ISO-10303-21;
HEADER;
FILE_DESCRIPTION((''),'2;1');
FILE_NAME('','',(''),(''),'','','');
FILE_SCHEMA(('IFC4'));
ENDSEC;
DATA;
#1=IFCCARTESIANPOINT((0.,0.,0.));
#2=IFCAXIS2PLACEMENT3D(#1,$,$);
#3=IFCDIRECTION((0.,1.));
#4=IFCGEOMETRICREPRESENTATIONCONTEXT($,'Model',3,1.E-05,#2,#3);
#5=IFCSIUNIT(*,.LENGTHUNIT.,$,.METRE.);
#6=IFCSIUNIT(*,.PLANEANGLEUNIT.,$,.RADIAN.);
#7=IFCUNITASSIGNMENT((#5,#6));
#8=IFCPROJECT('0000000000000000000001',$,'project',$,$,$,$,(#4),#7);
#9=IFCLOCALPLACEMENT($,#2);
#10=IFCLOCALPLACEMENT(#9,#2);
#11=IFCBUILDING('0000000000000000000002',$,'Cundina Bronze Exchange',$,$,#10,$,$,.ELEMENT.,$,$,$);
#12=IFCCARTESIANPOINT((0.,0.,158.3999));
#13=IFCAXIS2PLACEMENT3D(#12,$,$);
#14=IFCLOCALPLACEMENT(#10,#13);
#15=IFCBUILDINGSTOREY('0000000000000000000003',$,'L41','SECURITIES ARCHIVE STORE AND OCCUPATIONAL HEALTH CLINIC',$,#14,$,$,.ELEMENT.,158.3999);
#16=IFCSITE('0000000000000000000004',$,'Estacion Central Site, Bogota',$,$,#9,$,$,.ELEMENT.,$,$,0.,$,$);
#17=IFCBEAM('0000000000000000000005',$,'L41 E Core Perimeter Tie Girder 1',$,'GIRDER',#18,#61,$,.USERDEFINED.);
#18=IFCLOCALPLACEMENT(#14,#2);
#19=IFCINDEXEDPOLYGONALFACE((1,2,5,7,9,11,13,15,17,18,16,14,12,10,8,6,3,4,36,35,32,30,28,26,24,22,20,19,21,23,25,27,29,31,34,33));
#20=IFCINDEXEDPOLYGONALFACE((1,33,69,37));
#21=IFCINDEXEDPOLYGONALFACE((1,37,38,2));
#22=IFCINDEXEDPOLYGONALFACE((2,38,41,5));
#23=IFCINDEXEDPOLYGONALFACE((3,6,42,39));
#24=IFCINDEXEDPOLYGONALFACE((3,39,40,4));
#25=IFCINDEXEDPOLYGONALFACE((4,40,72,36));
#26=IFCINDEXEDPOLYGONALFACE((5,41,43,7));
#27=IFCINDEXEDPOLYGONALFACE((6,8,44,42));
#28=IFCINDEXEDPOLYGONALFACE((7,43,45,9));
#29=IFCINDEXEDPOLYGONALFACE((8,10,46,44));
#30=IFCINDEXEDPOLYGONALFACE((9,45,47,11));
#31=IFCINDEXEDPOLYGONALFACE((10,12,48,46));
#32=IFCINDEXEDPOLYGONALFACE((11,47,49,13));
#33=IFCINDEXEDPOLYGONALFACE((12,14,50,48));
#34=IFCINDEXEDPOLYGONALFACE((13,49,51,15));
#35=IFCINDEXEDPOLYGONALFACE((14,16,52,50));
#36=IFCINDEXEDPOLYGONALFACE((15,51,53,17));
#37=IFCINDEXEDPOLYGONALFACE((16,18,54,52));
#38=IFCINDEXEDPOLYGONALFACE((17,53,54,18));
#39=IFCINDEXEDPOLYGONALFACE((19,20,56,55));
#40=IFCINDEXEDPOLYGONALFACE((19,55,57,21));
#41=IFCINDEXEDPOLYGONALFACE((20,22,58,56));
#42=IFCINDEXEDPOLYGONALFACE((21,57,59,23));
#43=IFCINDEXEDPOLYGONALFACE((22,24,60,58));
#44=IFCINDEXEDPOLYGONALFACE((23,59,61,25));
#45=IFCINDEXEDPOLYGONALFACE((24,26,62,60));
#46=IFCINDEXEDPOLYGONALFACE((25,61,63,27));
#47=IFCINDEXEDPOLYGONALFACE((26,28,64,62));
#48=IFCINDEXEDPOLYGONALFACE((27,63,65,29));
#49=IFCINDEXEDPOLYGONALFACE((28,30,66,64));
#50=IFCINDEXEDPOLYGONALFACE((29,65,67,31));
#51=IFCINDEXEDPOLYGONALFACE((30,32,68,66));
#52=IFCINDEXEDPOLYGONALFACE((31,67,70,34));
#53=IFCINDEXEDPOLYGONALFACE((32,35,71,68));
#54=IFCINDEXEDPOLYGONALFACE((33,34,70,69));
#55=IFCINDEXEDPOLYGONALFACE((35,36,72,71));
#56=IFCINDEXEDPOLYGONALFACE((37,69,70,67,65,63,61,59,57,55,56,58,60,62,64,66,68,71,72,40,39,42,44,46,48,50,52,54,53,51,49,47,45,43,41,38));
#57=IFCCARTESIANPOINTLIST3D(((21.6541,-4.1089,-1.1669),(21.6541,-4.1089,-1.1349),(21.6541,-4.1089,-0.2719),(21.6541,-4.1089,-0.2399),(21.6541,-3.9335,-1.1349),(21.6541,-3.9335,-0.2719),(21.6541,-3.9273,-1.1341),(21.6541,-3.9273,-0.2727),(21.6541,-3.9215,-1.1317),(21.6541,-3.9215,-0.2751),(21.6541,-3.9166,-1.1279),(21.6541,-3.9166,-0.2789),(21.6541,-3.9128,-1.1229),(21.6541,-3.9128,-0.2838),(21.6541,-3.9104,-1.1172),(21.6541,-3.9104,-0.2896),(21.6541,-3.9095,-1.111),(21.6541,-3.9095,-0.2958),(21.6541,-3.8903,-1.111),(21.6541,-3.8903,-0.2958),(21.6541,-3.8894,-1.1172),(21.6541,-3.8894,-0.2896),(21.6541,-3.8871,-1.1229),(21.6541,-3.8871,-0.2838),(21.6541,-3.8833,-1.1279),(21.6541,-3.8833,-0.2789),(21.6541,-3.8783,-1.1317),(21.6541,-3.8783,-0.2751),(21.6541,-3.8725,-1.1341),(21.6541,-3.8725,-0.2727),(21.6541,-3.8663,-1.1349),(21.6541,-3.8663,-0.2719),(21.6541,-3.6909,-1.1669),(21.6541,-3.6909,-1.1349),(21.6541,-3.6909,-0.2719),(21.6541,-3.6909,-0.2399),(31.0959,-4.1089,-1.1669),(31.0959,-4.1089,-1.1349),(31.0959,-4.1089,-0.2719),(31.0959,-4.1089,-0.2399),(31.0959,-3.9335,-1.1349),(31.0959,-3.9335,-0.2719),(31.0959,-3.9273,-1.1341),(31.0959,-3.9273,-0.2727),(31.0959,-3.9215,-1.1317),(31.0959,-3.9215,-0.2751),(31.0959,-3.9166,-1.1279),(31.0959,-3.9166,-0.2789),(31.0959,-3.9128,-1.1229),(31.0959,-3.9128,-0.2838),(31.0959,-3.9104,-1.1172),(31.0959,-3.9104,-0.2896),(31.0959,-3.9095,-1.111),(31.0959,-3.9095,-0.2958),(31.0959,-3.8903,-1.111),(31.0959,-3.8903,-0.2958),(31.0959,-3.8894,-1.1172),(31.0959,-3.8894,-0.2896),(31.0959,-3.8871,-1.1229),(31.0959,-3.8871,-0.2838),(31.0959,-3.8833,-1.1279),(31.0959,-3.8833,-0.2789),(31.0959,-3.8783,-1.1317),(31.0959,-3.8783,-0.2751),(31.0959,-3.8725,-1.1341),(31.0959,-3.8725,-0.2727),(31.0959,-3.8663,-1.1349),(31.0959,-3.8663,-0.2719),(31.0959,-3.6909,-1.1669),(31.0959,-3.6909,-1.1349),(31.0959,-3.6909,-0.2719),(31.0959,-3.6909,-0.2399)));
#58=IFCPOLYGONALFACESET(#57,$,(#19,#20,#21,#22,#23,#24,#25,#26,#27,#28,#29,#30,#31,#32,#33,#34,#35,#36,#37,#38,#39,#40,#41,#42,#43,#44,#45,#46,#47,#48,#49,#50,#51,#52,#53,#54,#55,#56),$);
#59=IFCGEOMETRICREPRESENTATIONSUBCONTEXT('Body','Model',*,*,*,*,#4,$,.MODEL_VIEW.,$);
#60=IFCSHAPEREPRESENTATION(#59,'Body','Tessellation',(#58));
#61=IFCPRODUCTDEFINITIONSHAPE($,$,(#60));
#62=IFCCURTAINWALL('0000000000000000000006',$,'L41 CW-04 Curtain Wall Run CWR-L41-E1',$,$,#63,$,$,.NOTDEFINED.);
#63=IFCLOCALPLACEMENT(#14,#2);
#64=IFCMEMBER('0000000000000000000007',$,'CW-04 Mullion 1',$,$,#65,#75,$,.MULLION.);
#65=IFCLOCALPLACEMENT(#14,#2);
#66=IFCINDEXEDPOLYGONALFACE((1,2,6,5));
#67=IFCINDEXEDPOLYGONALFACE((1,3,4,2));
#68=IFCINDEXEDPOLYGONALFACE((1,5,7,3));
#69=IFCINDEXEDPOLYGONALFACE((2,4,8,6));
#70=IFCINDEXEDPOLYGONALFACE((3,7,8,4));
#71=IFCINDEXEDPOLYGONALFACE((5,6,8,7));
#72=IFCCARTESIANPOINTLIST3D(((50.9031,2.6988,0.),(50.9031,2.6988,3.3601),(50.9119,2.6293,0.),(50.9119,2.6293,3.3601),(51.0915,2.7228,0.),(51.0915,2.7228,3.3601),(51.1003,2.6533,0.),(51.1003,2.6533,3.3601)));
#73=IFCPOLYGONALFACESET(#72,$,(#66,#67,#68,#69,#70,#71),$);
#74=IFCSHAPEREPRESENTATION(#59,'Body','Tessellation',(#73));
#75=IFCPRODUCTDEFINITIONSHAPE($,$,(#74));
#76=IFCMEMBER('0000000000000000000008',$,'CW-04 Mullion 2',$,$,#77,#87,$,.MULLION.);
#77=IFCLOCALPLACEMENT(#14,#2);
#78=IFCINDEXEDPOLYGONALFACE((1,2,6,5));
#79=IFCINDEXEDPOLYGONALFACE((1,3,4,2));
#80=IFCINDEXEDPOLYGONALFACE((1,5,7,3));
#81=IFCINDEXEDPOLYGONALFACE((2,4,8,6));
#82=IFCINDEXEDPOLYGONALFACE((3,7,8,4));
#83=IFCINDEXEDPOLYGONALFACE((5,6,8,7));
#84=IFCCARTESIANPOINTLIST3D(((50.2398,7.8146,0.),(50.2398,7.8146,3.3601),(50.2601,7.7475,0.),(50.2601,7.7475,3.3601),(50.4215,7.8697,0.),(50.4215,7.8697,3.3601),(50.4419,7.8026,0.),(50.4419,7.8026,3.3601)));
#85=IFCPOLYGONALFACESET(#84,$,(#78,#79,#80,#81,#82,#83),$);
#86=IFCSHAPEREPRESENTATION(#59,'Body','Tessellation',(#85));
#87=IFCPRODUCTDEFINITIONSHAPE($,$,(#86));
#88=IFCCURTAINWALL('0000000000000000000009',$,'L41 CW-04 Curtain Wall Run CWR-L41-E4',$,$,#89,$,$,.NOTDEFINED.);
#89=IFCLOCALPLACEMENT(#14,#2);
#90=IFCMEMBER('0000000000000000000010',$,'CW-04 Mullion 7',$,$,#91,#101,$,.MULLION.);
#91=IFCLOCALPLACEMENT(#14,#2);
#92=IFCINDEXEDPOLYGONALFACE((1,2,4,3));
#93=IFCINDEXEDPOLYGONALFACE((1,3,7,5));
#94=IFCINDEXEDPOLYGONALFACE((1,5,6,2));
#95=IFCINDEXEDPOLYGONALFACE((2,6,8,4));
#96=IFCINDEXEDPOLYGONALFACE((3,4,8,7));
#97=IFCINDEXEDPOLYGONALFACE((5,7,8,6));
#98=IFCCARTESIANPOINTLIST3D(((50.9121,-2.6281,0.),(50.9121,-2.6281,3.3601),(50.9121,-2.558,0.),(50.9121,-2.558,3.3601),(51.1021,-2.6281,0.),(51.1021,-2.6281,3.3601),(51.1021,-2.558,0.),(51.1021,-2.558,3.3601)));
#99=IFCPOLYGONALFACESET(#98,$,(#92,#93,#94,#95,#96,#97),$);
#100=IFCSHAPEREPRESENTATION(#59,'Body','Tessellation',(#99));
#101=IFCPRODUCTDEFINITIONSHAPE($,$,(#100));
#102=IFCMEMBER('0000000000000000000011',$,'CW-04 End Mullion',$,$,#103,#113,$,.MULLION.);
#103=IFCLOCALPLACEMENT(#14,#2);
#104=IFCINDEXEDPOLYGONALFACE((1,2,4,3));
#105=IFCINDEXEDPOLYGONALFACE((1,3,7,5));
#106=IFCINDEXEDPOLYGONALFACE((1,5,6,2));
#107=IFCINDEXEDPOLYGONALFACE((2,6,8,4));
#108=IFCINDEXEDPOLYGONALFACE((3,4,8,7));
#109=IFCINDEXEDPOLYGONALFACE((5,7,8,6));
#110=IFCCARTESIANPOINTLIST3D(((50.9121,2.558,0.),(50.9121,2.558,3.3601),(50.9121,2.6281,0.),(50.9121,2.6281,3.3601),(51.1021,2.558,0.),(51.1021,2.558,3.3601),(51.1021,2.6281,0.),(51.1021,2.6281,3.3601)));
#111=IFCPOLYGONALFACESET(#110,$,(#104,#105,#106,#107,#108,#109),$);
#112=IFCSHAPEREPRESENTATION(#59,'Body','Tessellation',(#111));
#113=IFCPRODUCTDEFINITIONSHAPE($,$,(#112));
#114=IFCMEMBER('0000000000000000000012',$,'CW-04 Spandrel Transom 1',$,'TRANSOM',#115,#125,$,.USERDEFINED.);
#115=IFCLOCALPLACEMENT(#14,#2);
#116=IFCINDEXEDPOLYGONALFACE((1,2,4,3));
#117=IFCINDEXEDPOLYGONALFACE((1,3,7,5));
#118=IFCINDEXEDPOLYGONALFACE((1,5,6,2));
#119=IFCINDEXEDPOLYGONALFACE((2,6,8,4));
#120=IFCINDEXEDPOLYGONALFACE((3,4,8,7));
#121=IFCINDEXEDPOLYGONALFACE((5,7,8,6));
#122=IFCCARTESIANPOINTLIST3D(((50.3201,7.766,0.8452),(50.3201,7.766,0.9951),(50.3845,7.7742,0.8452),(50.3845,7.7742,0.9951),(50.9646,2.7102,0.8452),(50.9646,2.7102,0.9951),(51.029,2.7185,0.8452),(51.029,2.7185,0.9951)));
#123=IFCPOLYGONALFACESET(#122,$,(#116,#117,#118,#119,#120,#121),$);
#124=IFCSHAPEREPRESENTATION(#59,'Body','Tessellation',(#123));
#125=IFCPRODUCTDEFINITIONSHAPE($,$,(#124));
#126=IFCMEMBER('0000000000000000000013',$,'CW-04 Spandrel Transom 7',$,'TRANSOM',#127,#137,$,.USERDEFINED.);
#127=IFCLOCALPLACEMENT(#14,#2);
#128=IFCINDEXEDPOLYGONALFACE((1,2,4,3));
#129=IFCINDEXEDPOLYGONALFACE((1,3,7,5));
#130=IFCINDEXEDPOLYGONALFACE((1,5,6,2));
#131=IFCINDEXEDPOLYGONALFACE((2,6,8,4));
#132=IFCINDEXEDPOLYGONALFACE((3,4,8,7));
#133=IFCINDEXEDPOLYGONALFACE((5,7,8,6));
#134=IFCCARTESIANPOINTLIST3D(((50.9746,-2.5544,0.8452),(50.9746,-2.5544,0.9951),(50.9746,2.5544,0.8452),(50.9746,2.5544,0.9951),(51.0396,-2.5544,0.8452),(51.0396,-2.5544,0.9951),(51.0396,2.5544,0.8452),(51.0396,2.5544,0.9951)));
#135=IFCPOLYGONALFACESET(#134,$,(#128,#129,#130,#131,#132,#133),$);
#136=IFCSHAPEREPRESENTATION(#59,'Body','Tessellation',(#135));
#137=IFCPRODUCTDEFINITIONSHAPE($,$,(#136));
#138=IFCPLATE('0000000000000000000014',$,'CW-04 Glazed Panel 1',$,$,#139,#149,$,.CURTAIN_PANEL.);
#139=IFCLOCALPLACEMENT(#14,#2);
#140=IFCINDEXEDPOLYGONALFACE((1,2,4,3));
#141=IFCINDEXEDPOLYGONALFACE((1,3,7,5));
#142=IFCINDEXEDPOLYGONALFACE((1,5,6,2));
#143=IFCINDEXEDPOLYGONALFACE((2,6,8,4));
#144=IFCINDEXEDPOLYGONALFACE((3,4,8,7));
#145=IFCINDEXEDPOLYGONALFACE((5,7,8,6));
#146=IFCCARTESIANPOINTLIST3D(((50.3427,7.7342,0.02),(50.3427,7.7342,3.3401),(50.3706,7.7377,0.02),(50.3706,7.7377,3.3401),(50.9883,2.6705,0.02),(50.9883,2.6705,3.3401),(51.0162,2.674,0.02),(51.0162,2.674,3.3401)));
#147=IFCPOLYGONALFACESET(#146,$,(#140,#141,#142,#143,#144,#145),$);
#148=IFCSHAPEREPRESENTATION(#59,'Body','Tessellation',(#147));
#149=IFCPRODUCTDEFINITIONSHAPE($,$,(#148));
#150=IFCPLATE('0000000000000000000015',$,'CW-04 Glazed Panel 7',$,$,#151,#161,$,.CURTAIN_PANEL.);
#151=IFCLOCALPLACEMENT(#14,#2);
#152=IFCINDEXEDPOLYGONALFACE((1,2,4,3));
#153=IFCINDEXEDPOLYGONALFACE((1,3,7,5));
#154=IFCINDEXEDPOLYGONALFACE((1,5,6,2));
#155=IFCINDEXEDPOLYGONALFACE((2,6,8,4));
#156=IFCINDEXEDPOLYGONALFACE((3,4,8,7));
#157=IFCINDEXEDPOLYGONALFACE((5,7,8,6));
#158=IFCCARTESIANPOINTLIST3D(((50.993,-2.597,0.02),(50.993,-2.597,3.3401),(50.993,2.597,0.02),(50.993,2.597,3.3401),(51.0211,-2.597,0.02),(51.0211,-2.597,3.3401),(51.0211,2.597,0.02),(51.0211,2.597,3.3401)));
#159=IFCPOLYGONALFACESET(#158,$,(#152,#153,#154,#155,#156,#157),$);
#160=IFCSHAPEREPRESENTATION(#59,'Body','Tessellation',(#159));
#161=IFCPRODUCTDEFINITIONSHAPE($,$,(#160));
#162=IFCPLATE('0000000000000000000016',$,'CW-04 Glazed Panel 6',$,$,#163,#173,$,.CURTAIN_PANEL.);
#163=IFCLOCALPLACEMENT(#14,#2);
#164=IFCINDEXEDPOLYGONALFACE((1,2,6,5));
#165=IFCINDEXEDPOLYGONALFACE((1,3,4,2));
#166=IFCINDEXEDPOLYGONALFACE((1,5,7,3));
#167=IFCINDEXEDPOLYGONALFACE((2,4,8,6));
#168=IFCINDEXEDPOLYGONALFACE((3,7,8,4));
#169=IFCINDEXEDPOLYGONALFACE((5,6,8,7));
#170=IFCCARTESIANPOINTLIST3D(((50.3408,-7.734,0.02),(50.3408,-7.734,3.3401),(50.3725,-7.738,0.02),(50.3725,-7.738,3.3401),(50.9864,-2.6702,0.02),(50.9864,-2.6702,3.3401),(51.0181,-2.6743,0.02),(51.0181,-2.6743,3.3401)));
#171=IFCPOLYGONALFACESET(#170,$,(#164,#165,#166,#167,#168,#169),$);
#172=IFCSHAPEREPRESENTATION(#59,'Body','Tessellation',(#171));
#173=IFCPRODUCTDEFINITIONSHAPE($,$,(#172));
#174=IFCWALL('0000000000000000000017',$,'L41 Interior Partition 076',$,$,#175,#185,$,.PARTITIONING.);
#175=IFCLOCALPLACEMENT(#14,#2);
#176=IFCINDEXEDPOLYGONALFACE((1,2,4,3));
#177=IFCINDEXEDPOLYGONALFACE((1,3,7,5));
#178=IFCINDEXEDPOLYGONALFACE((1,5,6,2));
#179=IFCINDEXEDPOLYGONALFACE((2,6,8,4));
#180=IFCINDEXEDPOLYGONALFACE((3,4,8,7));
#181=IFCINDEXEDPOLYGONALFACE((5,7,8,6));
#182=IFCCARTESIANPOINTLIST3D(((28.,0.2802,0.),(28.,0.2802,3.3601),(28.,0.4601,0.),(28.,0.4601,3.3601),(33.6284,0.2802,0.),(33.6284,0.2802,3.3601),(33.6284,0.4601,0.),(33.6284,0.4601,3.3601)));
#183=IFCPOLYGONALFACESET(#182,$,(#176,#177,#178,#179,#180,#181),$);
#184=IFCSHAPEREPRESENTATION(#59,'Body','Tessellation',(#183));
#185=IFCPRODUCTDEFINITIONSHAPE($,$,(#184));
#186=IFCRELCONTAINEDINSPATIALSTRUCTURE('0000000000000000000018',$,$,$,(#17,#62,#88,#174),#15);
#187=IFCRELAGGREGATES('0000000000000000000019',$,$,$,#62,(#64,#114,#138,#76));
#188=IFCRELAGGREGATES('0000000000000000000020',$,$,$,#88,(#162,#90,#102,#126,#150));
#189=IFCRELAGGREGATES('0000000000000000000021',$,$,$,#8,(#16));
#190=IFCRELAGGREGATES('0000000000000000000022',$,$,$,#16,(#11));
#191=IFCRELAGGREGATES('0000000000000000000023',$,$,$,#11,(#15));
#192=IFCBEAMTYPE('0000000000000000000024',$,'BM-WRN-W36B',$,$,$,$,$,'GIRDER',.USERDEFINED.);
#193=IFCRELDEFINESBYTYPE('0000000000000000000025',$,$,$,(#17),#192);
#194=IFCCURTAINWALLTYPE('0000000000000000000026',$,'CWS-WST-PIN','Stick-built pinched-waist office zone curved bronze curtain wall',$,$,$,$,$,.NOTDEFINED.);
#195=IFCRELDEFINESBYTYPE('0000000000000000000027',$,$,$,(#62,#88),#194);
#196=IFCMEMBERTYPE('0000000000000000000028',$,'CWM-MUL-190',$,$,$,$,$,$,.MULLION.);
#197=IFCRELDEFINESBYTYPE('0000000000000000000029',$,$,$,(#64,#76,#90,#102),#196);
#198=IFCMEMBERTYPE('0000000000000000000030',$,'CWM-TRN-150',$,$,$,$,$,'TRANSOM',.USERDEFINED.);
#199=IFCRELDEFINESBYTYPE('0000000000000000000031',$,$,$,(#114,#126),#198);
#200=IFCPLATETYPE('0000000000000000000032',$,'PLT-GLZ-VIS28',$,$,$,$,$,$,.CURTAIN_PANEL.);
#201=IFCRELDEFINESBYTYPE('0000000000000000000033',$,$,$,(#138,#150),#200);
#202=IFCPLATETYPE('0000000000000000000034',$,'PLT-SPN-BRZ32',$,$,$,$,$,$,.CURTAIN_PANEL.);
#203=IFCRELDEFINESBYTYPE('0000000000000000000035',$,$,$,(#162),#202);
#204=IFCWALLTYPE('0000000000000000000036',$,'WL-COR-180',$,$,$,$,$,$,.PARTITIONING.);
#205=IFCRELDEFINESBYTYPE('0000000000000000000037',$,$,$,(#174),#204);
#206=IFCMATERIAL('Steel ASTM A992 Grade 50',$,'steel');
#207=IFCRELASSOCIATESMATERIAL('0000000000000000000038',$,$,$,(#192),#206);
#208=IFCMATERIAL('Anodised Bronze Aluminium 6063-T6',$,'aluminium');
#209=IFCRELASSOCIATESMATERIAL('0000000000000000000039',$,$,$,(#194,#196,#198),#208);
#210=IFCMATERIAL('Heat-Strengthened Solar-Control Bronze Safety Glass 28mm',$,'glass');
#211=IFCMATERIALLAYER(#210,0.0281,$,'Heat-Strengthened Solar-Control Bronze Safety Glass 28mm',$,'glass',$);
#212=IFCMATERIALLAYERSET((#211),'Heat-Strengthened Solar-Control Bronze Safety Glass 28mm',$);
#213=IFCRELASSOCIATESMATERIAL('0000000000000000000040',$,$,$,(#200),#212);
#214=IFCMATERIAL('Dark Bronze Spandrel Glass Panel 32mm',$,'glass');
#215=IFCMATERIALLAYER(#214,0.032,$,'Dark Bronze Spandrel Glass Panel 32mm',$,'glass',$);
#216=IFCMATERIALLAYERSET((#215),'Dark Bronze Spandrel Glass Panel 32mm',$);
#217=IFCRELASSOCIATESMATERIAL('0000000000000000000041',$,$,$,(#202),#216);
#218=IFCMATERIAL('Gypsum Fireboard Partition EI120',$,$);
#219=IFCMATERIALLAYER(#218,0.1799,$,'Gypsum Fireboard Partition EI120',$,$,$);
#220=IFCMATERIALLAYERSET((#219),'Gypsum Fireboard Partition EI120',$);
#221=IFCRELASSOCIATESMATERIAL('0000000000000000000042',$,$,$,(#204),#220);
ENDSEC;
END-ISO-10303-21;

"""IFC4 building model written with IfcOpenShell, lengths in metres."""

from ifc_helpers import new_model, si_unit, direction, frame, frame_2d, origin, origin_2d, place, context, subcontext, project, spatial, rectangle, i_section, extrude, material, layer, layer_set, material_profile, profile_set, type_object, element, aggregate, save


model = new_model("IFC4")

# Units and contexts
model_context = context("Model", 3, precision=1e-05, world=origin(), true_north=direction((0.0, 1.0)))
body_context = subcontext(model_context, "Body", "Model", "MODEL_VIEW")
ifc_project = project(units=[si_unit("LENGTHUNIT", "METRE"), si_unit("PLANEANGLEUNIT", "RADIAN")], contexts=[model_context])

# Site, building, storey
site_placement = place(None, origin())
site = spatial("IfcSite", under=ifc_project, at=site_placement, Name="Estacion Central Site, Bogota", CompositionType="ELEMENT", RefElevation=0.0)
building_placement = place(site_placement, origin())
building = spatial("IfcBuilding", under=site, at=building_placement, Name="Cundina Bronze Exchange", CompositionType="ELEMENT")
storey_placement = place(building_placement, frame((0.0, 0.0, 158.3999)))
storey = spatial("IfcBuildingStorey", under=building, at=storey_placement, Name="L41", Description="SECURITIES ARCHIVE STORE AND OCCUPATIONAL HEALTH CLINIC", CompositionType="ELEMENT", Elevation=158.3999)

# Shared definitions
ifc_material_1 = material(Name="Steel ASTM A992 Grade 50", Category="steel")

# Beam
ifc_material_profile_1 = material_profile(ifc_material_1, i_section(OverallWidth=0.418, OverallDepth=0.927, WebThickness=0.0193, FlangeThickness=0.032, FilletRadius=0.0239, at=origin_2d()), Name="W36X231", Category="steel")
ifc_profile_set_1 = profile_set([ifc_material_profile_1], Name="Steel ASTM A992 Grade 50")
beam_type_1 = type_object("IfcBeamType", Name="BM-WRN-W36B", ElementType="GIRDER", PredefinedType="USERDEFINED", material=ifc_profile_set_1)
beam_1_placement = place(storey_placement, frame((31.0959, -3.8999, -0.7034), z_axis=(-1.0, 0.0, 0.0), x_axis=(0.0, -1.0, 0.0)))
element("IfcBeam", 1, at=beam_1_placement, inside=storey, type_object=beam_type_1, Name="L41 E Core Perimeter Tie Girder 1", ObjectType="GIRDER", PredefinedType="USERDEFINED", context=body_context, shape_type="SweptSolid", body=[
    extrude(i_section(OverallWidth=0.418, OverallDepth=0.927, WebThickness=0.0193, FlangeThickness=0.032, FilletRadius=0.0239, at=origin_2d()), origin(), (0.0, 0.0, 1.0), 9.4419),
])

# Curtain walls, members
ifc_material_2 = material(Name="Anodised Bronze Aluminium 6063-T6", Category="aluminium")
curtain_wall_type = type_object("IfcCurtainWallType", Name="CWS-WST-PIN", Description="Stick-built pinched-waist office zone curved bronze curtain wall", PredefinedType="NOTDEFINED", material=ifc_material_2)
curtain_wall_1_placement = place(storey_placement, origin())
curtain_wall_1 = element("IfcCurtainWall", 2, at=curtain_wall_1_placement, inside=storey, type_object=curtain_wall_type, Name="L41 CW-04 Curtain Wall Run CWR-L41-E1", PredefinedType="NOTDEFINED")
ifc_material_profile_2 = material_profile(ifc_material_2, rectangle(XDim=0.0701, YDim=0.1899, at=origin_2d()), Name="AL70X190", Category="aluminium")
ifc_profile_set_2 = profile_set([ifc_material_profile_2], Name="Anodised Bronze Aluminium 6063-T6")
member_type_1 = type_object("IfcMemberType", Name="CWM-MUL-190", PredefinedType="MULLION", material=ifc_profile_set_2)
member_1_placement = place(storey_placement, frame((51.0017, 2.676, 0.0), z_axis=(0.0, 0.0, 1.0), x_axis=(-0.126545, 0.991961, 0.0)))
member_1 = element("IfcMember", 3, at=member_1_placement, type_object=member_type_1, Name="CW-04 Mullion 1", PredefinedType="MULLION", context=body_context, shape_type="SweptSolid", body=[
    extrude(rectangle(XDim=0.0701, YDim=0.1899, at=origin_2d()), origin(), (0.0, 0.0, 1.0), 3.3601),
])
member_2_placement = place(storey_placement, frame((50.3408, 7.8086, 0.0), z_axis=(0.0, 0.0, 1.0), x_axis=(-0.290034, 0.957016, 0.0)))
member_2 = element("IfcMember", 4, at=member_2_placement, type_object=member_type_1, Name="CW-04 Mullion 2", PredefinedType="MULLION", context=body_context, shape_type="SweptSolid", body=[
    extrude(rectangle(XDim=0.0701, YDim=0.1899, at=origin_2d()), origin(), (0.0, 0.0, 1.0), 3.3601),
])
curtain_wall_2_placement = place(storey_placement, origin())
curtain_wall_2 = element("IfcCurtainWall", 5, at=curtain_wall_2_placement, inside=storey, type_object=curtain_wall_type, Name="L41 CW-04 Curtain Wall Run CWR-L41-E4", PredefinedType="NOTDEFINED")
member_3_placement = place(storey_placement, frame((51.0071, -2.593, 0.0), z_axis=(0.0, 0.0, 1.0), x_axis=(0.0, 1.0, 0.0)))
member_3 = element("IfcMember", 6, at=member_3_placement, type_object=member_type_1, Name="CW-04 Mullion 7", PredefinedType="MULLION", context=body_context, shape_type="SweptSolid", body=[
    extrude(rectangle(XDim=0.0701, YDim=0.1899, at=origin_2d()), origin(), (0.0, 0.0, 1.0), 3.3601),
])
member_4_placement = place(storey_placement, frame((51.0071, 2.593, 0.0), z_axis=(0.0, 0.0, 1.0), x_axis=(0.0, 1.0, 0.0)))
member_4 = element("IfcMember", 7, at=member_4_placement, type_object=member_type_1, Name="CW-04 End Mullion", PredefinedType="MULLION", context=body_context, shape_type="SweptSolid", body=[
    extrude(rectangle(XDim=0.0701, YDim=0.1899, at=origin_2d()), origin(), (0.0, 0.0, 1.0), 3.3601),
])

# Members
ifc_material_profile_3 = material_profile(ifc_material_2, rectangle(XDim=0.0649, YDim=0.1499, at=origin_2d()), Name="AL65X150", Category="aluminium")
ifc_profile_set_3 = profile_set([ifc_material_profile_3], Name="Anodised Bronze Aluminium 6063-T6")
member_type_2 = type_object("IfcMemberType", Name="CWM-TRN-150", ElementType="TRANSOM", PredefinedType="USERDEFINED", material=ifc_profile_set_3)
member_5_placement = place(storey_placement, frame((50.9968, 2.7144, 0.9202), z_axis=(-0.126463, 0.991971, 0.0), x_axis=(-0.991971, -0.126463, 0.0)))
member_5 = element("IfcMember", 8, at=member_5_placement, type_object=member_type_2, Name="CW-04 Spandrel Transom 1", ObjectType="TRANSOM", PredefinedType="USERDEFINED", context=body_context, shape_type="SweptSolid", body=[
    extrude(rectangle(XDim=0.0649, YDim=0.1499, at=origin_2d()), origin(), (0.0, 0.0, 1.0), 5.0967),
])
member_6_placement = place(storey_placement, frame((51.0071, -2.5544, 0.9202), z_axis=(0.0, 1.0, 0.0), x_axis=(-1.0, 0.0, 0.0)))
member_6 = element("IfcMember", 9, at=member_6_placement, type_object=member_type_2, Name="CW-04 Spandrel Transom 7", ObjectType="TRANSOM", PredefinedType="USERDEFINED", context=body_context, shape_type="SweptSolid", body=[
    extrude(rectangle(XDim=0.0649, YDim=0.1499, at=origin_2d()), origin(), (0.0, 0.0, 1.0), 5.1089),
])

# Plates
ifc_material_3 = material(Name="Heat-Strengthened Solar-Control Bronze Safety Glass 28mm", Category="glass")
ifc_layer_1 = layer(ifc_material_3, 0.0281, Name="Heat-Strengthened Solar-Control Bronze Safety Glass 28mm", Category="glass")
ifc_layer_set_1 = layer_set([ifc_layer_1], Name="Heat-Strengthened Solar-Control Bronze Safety Glass 28mm")
plate_type_1 = type_object("IfcPlateType", Name="PLT-GLZ-VIS28", PredefinedType="CURTAIN_PANEL", material=ifc_layer_set_1)
plate_1_placement = place(storey_placement, frame((50.6794, 5.2041, 0.02), z_axis=(0.0, 0.0, 1.0), x_axis=(-0.126476, 0.99197, 0.0)))
plate_1 = element("IfcPlate", 10, at=plate_1_placement, type_object=plate_type_1, Name="CW-04 Glazed Panel 1", PredefinedType="CURTAIN_PANEL", context=body_context, shape_type="SweptSolid", body=[
    extrude(rectangle(XDim=5.1047, YDim=0.0281, at=origin_2d()), origin(), (0.0, 0.0, 1.0), 3.3201),
])
aggregate(curtain_wall_1, [member_1, member_5, plate_1, member_2])
plate_2_placement = place(storey_placement, frame((51.0071, 0.0, 0.02), z_axis=(0.0, 0.0, 1.0), x_axis=(0.0, 1.0, 0.0)))
plate_2 = element("IfcPlate", 11, at=plate_2_placement, type_object=plate_type_1, Name="CW-04 Glazed Panel 7", PredefinedType="CURTAIN_PANEL", context=body_context, shape_type="SweptSolid", body=[
    extrude(rectangle(XDim=5.1941, YDim=0.0281, at=origin_2d()), origin(), (0.0, 0.0, 1.0), 3.3201),
])
ifc_material_4 = material(Name="Dark Bronze Spandrel Glass Panel 32mm", Category="glass")
ifc_layer_2 = layer(ifc_material_4, 0.032, Name="Dark Bronze Spandrel Glass Panel 32mm", Category="glass")
ifc_layer_set_2 = layer_set([ifc_layer_2], Name="Dark Bronze Spandrel Glass Panel 32mm")
plate_type_2 = type_object("IfcPlateType", Name="PLT-SPN-BRZ32", PredefinedType="CURTAIN_PANEL", material=ifc_layer_set_2)
plate_3_placement = place(storey_placement, frame((50.6794, -5.2041, 0.02), z_axis=(0.0, 0.0, 1.0), x_axis=(0.126476, 0.99197, 0.0)))
plate_3 = element("IfcPlate", 12, at=plate_3_placement, type_object=plate_type_2, Name="CW-04 Glazed Panel 6", PredefinedType="CURTAIN_PANEL", context=body_context, shape_type="SweptSolid", body=[
    extrude(rectangle(XDim=5.1047, YDim=0.032, at=origin_2d()), origin(), (0.0, 0.0, 1.0), 3.3201),
])
aggregate(curtain_wall_2, [plate_3, member_3, member_4, member_6, plate_2])

# Wall
ifc_material_5 = material(Name="Gypsum Fireboard Partition EI120")
ifc_layer_3 = layer(ifc_material_5, 0.1799, Name="Gypsum Fireboard Partition EI120")
ifc_layer_set_3 = layer_set([ifc_layer_3], Name="Gypsum Fireboard Partition EI120")
wall_type_1 = type_object("IfcWallType", Name="WL-COR-180", PredefinedType="PARTITIONING", material=ifc_layer_set_3)
wall_1_placement = place(storey_placement, frame((33.6284, 0.3701, 0.0), z_axis=(0.0, 0.0, 1.0), x_axis=(-1.0, 0.0, 0.0)))
element("IfcWall", 13, at=wall_1_placement, inside=storey, type_object=wall_type_1, Name="L41 Interior Partition 076", PredefinedType="PARTITIONING", context=body_context, shape_type="SweptSolid", body=[
    extrude(rectangle(XDim=5.6284, YDim=0.1799, at=frame_2d((2.8142, 0.0))), origin(), (0.0, 0.0, 1.0), 3.3601),
])

save(model, "model.ifc")
